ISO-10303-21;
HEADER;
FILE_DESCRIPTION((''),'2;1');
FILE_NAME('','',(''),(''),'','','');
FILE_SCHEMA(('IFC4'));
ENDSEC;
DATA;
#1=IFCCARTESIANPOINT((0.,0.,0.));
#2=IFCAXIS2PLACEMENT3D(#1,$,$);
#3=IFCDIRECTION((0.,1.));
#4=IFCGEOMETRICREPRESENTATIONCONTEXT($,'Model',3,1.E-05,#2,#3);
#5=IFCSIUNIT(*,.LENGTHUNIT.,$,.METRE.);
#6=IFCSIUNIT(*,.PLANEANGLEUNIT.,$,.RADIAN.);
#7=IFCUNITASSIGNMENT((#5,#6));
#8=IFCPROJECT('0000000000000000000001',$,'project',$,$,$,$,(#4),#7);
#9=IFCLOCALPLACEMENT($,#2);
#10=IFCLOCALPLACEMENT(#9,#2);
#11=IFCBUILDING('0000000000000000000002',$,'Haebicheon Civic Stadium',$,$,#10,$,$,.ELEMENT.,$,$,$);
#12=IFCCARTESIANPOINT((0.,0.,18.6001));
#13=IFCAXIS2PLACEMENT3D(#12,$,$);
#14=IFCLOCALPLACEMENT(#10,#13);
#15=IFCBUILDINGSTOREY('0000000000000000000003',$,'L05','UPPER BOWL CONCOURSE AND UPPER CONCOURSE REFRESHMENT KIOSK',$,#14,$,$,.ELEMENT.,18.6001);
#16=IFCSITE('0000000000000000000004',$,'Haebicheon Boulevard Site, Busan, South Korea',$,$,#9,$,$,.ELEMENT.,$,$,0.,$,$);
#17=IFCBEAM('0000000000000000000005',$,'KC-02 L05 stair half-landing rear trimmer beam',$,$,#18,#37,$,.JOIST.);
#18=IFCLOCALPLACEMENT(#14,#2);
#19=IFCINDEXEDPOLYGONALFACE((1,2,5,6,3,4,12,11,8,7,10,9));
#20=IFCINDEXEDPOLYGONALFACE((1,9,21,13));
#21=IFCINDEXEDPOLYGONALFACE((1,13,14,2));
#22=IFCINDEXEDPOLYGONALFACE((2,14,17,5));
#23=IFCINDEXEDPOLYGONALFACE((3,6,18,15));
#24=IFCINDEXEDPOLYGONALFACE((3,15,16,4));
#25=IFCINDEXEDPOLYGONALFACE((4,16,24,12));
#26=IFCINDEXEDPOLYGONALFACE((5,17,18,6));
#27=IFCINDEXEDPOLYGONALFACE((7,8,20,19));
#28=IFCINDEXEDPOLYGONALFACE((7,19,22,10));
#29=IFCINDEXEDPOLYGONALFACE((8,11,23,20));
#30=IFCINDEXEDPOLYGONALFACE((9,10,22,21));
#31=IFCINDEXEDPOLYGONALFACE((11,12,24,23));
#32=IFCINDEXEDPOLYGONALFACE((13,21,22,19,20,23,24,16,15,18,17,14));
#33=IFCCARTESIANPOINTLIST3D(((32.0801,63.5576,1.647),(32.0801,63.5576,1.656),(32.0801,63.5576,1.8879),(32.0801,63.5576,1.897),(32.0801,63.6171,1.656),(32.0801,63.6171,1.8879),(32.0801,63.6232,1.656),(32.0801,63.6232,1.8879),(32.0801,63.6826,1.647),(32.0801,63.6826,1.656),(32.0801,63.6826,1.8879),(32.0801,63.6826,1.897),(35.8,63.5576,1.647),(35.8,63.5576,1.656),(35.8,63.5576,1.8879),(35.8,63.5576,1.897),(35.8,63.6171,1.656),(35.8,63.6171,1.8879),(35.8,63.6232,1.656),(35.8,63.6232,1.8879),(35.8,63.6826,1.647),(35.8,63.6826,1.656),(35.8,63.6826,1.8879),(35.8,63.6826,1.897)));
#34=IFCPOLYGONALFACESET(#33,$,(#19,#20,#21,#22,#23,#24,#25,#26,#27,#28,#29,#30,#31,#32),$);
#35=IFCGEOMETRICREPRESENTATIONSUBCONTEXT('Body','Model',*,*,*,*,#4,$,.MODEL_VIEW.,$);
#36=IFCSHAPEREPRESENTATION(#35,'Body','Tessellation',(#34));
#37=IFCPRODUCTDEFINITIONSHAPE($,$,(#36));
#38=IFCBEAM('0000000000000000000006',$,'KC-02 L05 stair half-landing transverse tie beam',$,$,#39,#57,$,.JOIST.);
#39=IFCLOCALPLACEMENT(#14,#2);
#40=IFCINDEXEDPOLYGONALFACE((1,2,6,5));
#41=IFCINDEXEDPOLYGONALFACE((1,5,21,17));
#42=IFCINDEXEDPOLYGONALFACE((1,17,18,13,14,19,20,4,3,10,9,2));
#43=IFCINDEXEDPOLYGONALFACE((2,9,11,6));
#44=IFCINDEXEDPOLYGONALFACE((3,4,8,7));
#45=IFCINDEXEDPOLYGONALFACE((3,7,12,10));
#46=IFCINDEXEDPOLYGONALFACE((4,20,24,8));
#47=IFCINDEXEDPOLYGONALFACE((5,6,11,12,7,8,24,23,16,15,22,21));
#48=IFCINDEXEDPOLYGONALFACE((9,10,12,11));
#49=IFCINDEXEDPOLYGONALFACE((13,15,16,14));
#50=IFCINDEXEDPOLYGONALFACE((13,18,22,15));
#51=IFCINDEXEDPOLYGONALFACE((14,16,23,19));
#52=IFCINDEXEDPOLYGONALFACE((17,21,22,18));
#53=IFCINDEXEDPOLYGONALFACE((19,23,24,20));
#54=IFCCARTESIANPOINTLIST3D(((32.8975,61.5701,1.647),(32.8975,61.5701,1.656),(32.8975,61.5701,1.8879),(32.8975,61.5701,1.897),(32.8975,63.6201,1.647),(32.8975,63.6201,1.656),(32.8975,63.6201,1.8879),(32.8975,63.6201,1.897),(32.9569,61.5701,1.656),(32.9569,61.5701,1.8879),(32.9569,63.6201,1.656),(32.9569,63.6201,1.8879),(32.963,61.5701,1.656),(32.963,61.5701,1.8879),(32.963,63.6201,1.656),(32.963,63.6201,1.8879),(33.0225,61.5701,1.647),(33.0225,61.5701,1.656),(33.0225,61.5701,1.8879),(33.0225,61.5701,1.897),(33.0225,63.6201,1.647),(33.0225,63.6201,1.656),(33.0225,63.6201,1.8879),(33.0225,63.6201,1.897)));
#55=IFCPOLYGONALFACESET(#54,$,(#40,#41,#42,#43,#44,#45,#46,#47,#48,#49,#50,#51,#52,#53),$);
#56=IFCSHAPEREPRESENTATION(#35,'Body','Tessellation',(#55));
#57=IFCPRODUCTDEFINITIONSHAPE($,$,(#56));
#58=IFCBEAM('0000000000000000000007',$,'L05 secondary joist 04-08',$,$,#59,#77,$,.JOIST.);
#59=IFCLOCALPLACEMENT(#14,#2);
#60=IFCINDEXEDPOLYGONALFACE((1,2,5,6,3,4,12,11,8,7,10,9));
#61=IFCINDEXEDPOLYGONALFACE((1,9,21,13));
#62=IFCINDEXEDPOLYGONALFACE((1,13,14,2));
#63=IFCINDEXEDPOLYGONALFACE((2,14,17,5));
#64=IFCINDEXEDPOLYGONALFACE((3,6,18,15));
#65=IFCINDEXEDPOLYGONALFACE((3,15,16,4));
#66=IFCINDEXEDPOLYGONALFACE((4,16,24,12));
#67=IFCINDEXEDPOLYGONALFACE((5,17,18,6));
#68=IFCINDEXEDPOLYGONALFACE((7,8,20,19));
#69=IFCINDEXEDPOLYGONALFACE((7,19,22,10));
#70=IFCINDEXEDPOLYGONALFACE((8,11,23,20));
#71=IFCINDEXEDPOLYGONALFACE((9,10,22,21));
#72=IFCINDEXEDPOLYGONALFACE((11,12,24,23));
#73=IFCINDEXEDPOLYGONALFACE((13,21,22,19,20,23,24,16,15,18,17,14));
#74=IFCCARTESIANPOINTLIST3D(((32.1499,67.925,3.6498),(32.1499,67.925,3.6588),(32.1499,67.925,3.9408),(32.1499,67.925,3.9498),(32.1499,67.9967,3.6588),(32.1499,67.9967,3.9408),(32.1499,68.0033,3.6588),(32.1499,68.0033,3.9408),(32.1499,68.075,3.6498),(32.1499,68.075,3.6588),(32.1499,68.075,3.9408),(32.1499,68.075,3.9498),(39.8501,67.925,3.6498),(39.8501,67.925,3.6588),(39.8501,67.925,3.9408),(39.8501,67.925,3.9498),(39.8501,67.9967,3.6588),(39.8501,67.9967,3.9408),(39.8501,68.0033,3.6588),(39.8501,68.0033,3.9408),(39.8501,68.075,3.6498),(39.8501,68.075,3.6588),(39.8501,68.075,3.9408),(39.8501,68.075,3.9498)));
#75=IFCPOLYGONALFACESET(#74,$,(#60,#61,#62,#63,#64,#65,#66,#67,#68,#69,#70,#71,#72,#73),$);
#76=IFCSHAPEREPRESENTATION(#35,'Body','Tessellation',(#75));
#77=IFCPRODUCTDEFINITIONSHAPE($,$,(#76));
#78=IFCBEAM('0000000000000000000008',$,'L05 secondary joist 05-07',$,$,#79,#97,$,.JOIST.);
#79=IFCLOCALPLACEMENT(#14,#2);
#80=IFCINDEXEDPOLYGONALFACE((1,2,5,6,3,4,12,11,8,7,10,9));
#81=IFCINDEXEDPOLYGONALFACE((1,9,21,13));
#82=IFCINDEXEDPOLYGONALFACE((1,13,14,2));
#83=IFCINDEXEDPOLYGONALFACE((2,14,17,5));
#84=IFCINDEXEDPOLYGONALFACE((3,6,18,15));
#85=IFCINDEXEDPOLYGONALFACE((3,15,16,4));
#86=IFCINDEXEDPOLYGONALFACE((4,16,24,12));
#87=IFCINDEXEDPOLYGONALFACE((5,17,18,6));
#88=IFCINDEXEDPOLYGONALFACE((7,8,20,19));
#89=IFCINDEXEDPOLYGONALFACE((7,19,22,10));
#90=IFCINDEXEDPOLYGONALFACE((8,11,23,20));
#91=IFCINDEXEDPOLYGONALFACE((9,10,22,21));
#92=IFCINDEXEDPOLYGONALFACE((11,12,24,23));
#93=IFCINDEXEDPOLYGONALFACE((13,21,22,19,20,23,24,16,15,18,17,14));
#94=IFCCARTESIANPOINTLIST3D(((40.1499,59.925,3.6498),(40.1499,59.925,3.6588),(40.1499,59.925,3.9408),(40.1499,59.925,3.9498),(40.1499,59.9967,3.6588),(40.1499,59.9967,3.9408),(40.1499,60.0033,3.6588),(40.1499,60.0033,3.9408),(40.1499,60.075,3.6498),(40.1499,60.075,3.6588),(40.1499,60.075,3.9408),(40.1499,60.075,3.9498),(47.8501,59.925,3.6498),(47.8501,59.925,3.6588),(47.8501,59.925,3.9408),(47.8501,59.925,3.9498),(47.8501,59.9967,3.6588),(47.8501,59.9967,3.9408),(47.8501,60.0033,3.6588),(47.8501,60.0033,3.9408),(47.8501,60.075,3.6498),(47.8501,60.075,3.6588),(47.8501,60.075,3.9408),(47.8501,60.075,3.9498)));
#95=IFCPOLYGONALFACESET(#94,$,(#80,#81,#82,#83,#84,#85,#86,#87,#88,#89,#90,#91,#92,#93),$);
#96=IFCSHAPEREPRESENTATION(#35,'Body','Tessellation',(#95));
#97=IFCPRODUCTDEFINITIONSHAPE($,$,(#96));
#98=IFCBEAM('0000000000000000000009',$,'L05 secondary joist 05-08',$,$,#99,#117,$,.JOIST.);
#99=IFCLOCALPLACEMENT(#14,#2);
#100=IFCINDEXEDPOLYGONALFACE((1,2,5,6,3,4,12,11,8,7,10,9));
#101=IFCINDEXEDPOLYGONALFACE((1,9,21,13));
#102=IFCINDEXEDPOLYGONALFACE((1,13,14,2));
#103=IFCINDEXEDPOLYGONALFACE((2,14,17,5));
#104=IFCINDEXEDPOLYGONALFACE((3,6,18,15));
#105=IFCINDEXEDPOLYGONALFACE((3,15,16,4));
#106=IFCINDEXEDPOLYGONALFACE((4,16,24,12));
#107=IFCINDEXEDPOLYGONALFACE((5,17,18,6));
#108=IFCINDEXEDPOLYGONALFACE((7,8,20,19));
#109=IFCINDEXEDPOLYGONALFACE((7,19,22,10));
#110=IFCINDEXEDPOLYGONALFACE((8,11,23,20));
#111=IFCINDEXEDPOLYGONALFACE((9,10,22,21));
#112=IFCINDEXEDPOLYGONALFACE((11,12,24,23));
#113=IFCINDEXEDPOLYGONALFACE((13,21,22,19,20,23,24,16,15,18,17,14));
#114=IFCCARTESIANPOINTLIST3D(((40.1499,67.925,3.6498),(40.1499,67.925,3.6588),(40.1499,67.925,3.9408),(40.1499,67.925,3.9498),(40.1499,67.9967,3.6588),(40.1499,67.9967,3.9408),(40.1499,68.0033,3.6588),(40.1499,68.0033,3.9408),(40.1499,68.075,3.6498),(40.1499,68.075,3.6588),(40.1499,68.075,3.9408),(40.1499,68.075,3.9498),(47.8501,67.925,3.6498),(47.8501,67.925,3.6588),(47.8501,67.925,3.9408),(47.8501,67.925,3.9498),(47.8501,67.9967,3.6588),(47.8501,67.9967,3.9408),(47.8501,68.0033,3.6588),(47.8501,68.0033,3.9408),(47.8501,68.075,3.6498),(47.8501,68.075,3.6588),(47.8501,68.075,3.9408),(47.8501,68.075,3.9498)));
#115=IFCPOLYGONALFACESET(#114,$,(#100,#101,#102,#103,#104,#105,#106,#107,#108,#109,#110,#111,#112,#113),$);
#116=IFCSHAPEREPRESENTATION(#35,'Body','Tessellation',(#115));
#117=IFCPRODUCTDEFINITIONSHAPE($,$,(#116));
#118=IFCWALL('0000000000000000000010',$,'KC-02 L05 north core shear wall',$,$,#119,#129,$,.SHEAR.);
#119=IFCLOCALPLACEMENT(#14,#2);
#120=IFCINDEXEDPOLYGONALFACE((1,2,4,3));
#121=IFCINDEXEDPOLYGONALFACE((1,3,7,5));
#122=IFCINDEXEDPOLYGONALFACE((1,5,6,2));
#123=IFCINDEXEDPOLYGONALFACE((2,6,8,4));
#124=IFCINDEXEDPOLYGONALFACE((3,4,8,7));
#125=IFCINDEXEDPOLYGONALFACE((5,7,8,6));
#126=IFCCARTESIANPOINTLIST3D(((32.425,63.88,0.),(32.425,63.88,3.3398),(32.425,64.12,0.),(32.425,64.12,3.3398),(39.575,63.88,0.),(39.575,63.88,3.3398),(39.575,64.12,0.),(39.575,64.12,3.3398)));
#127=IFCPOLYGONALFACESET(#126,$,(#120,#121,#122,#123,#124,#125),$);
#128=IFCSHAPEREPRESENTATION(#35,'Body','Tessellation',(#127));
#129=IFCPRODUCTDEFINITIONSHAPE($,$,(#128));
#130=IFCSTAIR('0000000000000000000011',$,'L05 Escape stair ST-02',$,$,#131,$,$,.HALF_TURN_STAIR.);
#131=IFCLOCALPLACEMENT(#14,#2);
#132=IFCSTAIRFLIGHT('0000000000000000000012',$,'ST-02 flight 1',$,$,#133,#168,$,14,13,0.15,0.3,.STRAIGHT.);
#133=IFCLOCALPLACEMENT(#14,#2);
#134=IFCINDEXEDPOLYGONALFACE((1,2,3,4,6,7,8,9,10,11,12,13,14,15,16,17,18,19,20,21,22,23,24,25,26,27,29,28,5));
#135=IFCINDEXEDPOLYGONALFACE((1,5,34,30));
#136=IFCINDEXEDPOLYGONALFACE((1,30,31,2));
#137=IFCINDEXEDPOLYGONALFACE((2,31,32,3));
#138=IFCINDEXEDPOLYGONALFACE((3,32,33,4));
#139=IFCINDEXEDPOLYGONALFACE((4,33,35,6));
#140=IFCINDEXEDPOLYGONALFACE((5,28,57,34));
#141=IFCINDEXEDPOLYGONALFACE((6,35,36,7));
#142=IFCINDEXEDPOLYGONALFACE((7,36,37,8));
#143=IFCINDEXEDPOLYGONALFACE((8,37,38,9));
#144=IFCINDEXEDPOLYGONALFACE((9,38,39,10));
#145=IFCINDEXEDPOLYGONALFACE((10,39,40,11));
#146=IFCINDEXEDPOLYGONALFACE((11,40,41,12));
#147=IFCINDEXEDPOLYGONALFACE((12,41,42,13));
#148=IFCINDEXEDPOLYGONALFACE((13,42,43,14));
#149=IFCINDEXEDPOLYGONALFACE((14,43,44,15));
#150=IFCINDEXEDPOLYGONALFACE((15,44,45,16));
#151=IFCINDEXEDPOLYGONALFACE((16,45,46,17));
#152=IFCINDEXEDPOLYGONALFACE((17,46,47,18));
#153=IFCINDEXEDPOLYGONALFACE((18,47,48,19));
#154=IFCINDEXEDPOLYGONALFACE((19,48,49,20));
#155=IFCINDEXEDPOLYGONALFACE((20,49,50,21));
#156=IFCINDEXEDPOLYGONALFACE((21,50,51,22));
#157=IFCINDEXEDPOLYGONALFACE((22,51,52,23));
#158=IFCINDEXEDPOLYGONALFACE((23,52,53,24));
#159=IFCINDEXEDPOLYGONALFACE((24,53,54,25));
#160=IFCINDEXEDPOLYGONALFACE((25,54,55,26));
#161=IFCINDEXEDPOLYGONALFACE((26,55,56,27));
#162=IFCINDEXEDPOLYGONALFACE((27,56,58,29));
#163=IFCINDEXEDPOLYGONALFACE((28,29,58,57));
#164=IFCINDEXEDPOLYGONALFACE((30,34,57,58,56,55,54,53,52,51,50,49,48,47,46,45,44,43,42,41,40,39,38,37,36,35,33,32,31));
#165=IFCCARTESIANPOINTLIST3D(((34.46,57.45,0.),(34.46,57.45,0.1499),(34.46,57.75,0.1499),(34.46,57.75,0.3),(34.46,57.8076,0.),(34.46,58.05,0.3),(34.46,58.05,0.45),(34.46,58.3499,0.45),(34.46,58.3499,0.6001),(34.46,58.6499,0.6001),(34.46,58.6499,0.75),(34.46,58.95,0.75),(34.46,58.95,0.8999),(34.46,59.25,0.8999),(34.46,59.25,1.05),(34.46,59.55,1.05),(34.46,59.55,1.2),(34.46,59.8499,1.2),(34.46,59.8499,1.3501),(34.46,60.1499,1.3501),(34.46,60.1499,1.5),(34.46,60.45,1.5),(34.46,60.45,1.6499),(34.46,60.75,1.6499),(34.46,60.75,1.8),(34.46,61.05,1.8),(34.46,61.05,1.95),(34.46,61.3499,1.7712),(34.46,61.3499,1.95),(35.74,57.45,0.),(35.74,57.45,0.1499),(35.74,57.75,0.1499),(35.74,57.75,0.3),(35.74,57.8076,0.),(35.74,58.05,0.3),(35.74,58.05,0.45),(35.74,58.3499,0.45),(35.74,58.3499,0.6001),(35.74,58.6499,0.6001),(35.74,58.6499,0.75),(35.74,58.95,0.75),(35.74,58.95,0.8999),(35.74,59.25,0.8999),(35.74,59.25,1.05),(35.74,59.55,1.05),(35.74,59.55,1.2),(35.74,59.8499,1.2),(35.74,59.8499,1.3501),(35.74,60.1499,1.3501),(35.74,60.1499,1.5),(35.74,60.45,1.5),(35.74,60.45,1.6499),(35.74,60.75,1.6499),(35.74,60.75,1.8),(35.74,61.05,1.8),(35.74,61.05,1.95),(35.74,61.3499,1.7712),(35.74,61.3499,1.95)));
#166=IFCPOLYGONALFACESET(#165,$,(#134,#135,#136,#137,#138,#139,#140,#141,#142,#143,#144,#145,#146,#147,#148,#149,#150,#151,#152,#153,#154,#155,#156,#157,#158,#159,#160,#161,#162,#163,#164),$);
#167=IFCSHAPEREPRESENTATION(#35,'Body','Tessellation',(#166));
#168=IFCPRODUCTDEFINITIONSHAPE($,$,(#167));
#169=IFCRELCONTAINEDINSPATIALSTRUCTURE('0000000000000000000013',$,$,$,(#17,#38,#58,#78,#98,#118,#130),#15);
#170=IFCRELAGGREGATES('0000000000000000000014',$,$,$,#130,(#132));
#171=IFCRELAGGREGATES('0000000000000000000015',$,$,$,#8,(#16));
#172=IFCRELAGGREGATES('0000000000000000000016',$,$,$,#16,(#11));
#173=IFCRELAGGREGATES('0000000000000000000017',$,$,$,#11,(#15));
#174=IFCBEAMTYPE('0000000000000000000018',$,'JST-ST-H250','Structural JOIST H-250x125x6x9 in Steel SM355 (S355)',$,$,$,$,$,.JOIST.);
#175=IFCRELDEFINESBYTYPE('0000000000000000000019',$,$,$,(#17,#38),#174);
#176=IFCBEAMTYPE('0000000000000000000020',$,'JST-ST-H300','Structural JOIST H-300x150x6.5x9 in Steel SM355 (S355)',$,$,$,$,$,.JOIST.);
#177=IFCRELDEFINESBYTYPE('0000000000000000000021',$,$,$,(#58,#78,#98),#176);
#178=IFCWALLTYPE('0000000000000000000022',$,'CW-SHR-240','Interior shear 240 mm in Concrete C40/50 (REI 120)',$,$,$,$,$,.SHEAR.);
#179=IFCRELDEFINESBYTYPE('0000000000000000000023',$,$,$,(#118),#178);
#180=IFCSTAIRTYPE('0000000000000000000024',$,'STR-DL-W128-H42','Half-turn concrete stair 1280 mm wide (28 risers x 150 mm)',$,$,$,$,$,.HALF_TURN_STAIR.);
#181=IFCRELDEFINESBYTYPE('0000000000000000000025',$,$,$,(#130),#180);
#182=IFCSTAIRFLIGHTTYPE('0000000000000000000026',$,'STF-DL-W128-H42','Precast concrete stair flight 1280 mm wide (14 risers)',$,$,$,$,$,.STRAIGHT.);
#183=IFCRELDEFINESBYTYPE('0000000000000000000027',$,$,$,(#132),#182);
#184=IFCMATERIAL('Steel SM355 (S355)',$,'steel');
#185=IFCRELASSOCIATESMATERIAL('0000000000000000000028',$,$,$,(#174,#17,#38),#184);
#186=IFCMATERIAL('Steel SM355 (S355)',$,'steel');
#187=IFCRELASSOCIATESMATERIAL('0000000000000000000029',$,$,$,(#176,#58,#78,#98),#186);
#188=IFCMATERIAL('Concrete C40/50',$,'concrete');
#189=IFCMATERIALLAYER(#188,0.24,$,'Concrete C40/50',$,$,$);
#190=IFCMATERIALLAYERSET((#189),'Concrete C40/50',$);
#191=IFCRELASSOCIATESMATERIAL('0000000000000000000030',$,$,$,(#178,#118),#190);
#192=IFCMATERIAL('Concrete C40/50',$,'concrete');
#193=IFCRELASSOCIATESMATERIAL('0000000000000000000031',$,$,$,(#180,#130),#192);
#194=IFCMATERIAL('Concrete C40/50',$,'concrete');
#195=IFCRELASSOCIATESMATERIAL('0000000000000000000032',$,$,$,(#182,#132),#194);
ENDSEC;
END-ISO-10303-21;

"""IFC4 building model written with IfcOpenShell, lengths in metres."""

from ifc_helpers import new_model, si_unit, direction, frame, frame_2d, origin, origin_2d, place, context, subcontext, project, spatial, polyline, rectangle, i_section, outline, extrude, material, layer, layer_set, material_profile, profile_set, type_object, element, aggregate, save


model = new_model("IFC4")

# Units and contexts
model_context = context("Model", 3, precision=1e-05, world=origin(), true_north=direction((0.0, 1.0)))
body_context = subcontext(model_context, "Body", "Model", "MODEL_VIEW")
ifc_project = project(units=[si_unit("LENGTHUNIT", "METRE"), si_unit("PLANEANGLEUNIT", "RADIAN")], contexts=[model_context])

# Site, building, storey
site_placement = place(None, origin())
site = spatial("IfcSite", under=ifc_project, at=site_placement, Name="Haebicheon Boulevard Site, Busan, South Korea", CompositionType="ELEMENT", RefElevation=0.0)
building_placement = place(site_placement, origin())
building = spatial("IfcBuilding", under=site, at=building_placement, Name="Haebicheon Civic Stadium", CompositionType="ELEMENT")
storey_placement = place(building_placement, frame((0.0, 0.0, 18.6001)))
storey = spatial("IfcBuildingStorey", under=building, at=storey_placement, Name="L05", Description="UPPER BOWL CONCOURSE AND UPPER CONCOURSE REFRESHMENT KIOSK", CompositionType="ELEMENT", Elevation=18.6001)

# Beams
ifc_material_1 = material(Name="Steel SM355 (S355)", Category="steel")
ifc_material_profile_1 = material_profile(ifc_material_1, i_section(OverallWidth=0.125, OverallDepth=0.25, WebThickness=0.0061, FlangeThickness=0.009, at=origin_2d()), Name="H-250x125x6x9")
ifc_profile_set_1 = profile_set([ifc_material_profile_1], Name="Steel SM355 (S355)")
beam_type_1 = type_object("IfcBeamType", Name="JST-ST-H250", Description="Structural JOIST H-250x125x6x9 in Steel SM355 (S355)", PredefinedType="JOIST", material=ifc_profile_set_1)
for number, where, z_axis, x_axis, name in (
    (1, (32.0801, 63.6201, 1.772), (1.0, 0.0, 0.0), (0.0, 1.0, 0.0), "KC-02 L05 stair half-landing rear trimmer beam"),
):
    element("IfcBeam", number, at=place(storey_placement, frame(where, z_axis=z_axis, x_axis=x_axis)), inside=storey, type_object=beam_type_1, material=ifc_profile_set_1, Name=name, PredefinedType="JOIST", context=body_context, shape_type="SweptSolid", body=[
        extrude(i_section(OverallWidth=0.125, OverallDepth=0.25, WebThickness=0.0061, FlangeThickness=0.009, at=origin_2d()), origin(), (0.0, 0.0, 1.0), 3.72),
    ])
beam_placement = place(storey_placement, frame((32.96, 61.5701, 1.772), z_axis=(0.0, 1.0, 0.0), x_axis=(-1.0, 0.0, 0.0)))
element("IfcBeam", 2, at=beam_placement, inside=storey, type_object=beam_type_1, material=ifc_profile_set_1, Name="KC-02 L05 stair half-landing transverse tie beam", PredefinedType="JOIST", context=body_context, shape_type="SweptSolid", body=[
    extrude(i_section(OverallWidth=0.125, OverallDepth=0.25, WebThickness=0.0061, FlangeThickness=0.009, at=origin_2d()), origin(), (0.0, 0.0, 1.0), 2.05),
])
ifc_material_2 = material(Name="Steel SM355 (S355)", Category="steel")
ifc_material_profile_2 = material_profile(ifc_material_2, i_section(OverallWidth=0.1499, OverallDepth=0.3, WebThickness=0.0066, FlangeThickness=0.009, at=origin_2d()), Name="H-300x150x6.5x9")
ifc_profile_set_2 = profile_set([ifc_material_profile_2], Name="Steel SM355 (S355)")
beam_type_2 = type_object("IfcBeamType", Name="JST-ST-H300", Description="Structural JOIST H-300x150x6.5x9 in Steel SM355 (S355)", PredefinedType="JOIST", material=ifc_profile_set_2)
for number, where, z_axis, x_axis, name in (
    (3, (32.1499, 68.0, 3.7998), (1.0, 0.0, 0.0), (0.0, 1.0, 0.0), "L05 secondary joist 04-08"),
    (4, (40.1499, 60.0, 3.7998), (1.0, 0.0, 0.0), (0.0, 1.0, 0.0), "L05 secondary joist 05-07"),
    (5, (40.1499, 68.0, 3.7998), (1.0, 0.0, 0.0), (0.0, 1.0, 0.0), "L05 secondary joist 05-08"),
):
    element("IfcBeam", number, at=place(storey_placement, frame(where, z_axis=z_axis, x_axis=x_axis)), inside=storey, type_object=beam_type_2, material=ifc_profile_set_2, Name=name, PredefinedType="JOIST", context=body_context, shape_type="SweptSolid", body=[
        extrude(i_section(OverallWidth=0.1499, OverallDepth=0.3, WebThickness=0.0066, FlangeThickness=0.009, at=origin_2d()), origin(), (0.0, 0.0, 1.0), 7.7002),
    ])

# Wall
ifc_material_3 = material(Name="Concrete C40/50", Category="concrete")
ifc_layer = layer(ifc_material_3, 0.24, Name="Concrete C40/50")
ifc_layer_set = layer_set([ifc_layer], Name="Concrete C40/50")
wall_type = type_object("IfcWallType", Name="CW-SHR-240", Description="Interior shear 240 mm in Concrete C40/50 (REI 120)", PredefinedType="SHEAR", material=ifc_layer_set)
wall_1_placement = place(storey_placement, frame((32.425, 64.0, 0.0), z_axis=(0.0, 0.0, 1.0), x_axis=(1.0, 0.0, 0.0)))
element("IfcWall", 6, at=wall_1_placement, inside=storey, type_object=wall_type, material=ifc_layer_set, Name="KC-02 L05 north core shear wall", PredefinedType="SHEAR", context=body_context, shape_type="SweptSolid", body=[
    extrude(rectangle(XDim=7.1499, YDim=0.24, at=frame_2d((3.575, 0.0))), origin(), (0.0, 0.0, 1.0), 3.3398),
])

# Stair, stair flight
ifc_material_4 = material(Name="Concrete C40/50", Category="concrete")
stair_type = type_object("IfcStairType", Name="STR-DL-W128-H42", Description="Half-turn concrete stair 1280 mm wide (28 risers x 150 mm)", PredefinedType="HALF_TURN_STAIR", material=ifc_material_4)
stair_placement = place(storey_placement, origin())
stair = element("IfcStair", 7, at=stair_placement, inside=storey, type_object=stair_type, material=ifc_material_4, Name="L05 Escape stair ST-02", PredefinedType="HALF_TURN_STAIR")
ifc_material_5 = material(Name="Concrete C40/50", Category="concrete")
stair_flight_type = type_object("IfcStairFlightType", Name="STF-DL-W128-H42", Description="Precast concrete stair flight 1280 mm wide (14 risers)", PredefinedType="STRAIGHT", material=ifc_material_5)
stair_flight_1_placement = place(storey_placement, frame((35.1001, 57.45, 0.0), z_axis=(0.0, 0.0, 1.0), x_axis=(0.0, 1.0, 0.0)))
stair_flight_1 = element("IfcStairFlight", 8, at=stair_flight_1_placement, type_object=stair_flight_type, material=ifc_material_5, Name="ST-02 flight 1", NumberOfRisers=14, NumberOfTreads=13, PredefinedType="STRAIGHT", RiserHeight=0.15, TreadLength=0.3, context=body_context, shape_type="SweptSolid", body=[
    extrude(outline(polyline([(0.0, 0.0), (0.0, 0.1499), (0.3, 0.1499), (0.3, 0.3), (0.6001, 0.3), (0.6001, 0.45), (0.8999, 0.45), (0.8999, 0.6001), (1.2, 0.6001), (1.2, 0.75), (1.5, 0.75), (1.5, 0.8999), (1.8, 0.8999), (1.8, 1.05), (2.1001, 1.05), (2.1001, 1.2), (2.3999, 1.2), (2.3999, 1.3501), (2.7, 1.3501), (2.7, 1.5), (3.0, 1.5), (3.0, 1.6499), (3.3, 1.6499), (3.3, 1.8), (3.6001, 1.8), (3.6001, 1.95), (3.8999, 1.95), (3.8999, 2.1001), (3.8999, 1.7712), (0.3577, 0.0), (0.0, 0.0)])), frame((0.0, 0.6401, 0.0), z_axis=(0.0, -1.0, 0.0), x_axis=(1.0, 0.0, 0.0)), (0.0, 0.0, 1.0), 1.28),
])
aggregate(stair, [stair_flight_1])

save(model, "model.ifc")
